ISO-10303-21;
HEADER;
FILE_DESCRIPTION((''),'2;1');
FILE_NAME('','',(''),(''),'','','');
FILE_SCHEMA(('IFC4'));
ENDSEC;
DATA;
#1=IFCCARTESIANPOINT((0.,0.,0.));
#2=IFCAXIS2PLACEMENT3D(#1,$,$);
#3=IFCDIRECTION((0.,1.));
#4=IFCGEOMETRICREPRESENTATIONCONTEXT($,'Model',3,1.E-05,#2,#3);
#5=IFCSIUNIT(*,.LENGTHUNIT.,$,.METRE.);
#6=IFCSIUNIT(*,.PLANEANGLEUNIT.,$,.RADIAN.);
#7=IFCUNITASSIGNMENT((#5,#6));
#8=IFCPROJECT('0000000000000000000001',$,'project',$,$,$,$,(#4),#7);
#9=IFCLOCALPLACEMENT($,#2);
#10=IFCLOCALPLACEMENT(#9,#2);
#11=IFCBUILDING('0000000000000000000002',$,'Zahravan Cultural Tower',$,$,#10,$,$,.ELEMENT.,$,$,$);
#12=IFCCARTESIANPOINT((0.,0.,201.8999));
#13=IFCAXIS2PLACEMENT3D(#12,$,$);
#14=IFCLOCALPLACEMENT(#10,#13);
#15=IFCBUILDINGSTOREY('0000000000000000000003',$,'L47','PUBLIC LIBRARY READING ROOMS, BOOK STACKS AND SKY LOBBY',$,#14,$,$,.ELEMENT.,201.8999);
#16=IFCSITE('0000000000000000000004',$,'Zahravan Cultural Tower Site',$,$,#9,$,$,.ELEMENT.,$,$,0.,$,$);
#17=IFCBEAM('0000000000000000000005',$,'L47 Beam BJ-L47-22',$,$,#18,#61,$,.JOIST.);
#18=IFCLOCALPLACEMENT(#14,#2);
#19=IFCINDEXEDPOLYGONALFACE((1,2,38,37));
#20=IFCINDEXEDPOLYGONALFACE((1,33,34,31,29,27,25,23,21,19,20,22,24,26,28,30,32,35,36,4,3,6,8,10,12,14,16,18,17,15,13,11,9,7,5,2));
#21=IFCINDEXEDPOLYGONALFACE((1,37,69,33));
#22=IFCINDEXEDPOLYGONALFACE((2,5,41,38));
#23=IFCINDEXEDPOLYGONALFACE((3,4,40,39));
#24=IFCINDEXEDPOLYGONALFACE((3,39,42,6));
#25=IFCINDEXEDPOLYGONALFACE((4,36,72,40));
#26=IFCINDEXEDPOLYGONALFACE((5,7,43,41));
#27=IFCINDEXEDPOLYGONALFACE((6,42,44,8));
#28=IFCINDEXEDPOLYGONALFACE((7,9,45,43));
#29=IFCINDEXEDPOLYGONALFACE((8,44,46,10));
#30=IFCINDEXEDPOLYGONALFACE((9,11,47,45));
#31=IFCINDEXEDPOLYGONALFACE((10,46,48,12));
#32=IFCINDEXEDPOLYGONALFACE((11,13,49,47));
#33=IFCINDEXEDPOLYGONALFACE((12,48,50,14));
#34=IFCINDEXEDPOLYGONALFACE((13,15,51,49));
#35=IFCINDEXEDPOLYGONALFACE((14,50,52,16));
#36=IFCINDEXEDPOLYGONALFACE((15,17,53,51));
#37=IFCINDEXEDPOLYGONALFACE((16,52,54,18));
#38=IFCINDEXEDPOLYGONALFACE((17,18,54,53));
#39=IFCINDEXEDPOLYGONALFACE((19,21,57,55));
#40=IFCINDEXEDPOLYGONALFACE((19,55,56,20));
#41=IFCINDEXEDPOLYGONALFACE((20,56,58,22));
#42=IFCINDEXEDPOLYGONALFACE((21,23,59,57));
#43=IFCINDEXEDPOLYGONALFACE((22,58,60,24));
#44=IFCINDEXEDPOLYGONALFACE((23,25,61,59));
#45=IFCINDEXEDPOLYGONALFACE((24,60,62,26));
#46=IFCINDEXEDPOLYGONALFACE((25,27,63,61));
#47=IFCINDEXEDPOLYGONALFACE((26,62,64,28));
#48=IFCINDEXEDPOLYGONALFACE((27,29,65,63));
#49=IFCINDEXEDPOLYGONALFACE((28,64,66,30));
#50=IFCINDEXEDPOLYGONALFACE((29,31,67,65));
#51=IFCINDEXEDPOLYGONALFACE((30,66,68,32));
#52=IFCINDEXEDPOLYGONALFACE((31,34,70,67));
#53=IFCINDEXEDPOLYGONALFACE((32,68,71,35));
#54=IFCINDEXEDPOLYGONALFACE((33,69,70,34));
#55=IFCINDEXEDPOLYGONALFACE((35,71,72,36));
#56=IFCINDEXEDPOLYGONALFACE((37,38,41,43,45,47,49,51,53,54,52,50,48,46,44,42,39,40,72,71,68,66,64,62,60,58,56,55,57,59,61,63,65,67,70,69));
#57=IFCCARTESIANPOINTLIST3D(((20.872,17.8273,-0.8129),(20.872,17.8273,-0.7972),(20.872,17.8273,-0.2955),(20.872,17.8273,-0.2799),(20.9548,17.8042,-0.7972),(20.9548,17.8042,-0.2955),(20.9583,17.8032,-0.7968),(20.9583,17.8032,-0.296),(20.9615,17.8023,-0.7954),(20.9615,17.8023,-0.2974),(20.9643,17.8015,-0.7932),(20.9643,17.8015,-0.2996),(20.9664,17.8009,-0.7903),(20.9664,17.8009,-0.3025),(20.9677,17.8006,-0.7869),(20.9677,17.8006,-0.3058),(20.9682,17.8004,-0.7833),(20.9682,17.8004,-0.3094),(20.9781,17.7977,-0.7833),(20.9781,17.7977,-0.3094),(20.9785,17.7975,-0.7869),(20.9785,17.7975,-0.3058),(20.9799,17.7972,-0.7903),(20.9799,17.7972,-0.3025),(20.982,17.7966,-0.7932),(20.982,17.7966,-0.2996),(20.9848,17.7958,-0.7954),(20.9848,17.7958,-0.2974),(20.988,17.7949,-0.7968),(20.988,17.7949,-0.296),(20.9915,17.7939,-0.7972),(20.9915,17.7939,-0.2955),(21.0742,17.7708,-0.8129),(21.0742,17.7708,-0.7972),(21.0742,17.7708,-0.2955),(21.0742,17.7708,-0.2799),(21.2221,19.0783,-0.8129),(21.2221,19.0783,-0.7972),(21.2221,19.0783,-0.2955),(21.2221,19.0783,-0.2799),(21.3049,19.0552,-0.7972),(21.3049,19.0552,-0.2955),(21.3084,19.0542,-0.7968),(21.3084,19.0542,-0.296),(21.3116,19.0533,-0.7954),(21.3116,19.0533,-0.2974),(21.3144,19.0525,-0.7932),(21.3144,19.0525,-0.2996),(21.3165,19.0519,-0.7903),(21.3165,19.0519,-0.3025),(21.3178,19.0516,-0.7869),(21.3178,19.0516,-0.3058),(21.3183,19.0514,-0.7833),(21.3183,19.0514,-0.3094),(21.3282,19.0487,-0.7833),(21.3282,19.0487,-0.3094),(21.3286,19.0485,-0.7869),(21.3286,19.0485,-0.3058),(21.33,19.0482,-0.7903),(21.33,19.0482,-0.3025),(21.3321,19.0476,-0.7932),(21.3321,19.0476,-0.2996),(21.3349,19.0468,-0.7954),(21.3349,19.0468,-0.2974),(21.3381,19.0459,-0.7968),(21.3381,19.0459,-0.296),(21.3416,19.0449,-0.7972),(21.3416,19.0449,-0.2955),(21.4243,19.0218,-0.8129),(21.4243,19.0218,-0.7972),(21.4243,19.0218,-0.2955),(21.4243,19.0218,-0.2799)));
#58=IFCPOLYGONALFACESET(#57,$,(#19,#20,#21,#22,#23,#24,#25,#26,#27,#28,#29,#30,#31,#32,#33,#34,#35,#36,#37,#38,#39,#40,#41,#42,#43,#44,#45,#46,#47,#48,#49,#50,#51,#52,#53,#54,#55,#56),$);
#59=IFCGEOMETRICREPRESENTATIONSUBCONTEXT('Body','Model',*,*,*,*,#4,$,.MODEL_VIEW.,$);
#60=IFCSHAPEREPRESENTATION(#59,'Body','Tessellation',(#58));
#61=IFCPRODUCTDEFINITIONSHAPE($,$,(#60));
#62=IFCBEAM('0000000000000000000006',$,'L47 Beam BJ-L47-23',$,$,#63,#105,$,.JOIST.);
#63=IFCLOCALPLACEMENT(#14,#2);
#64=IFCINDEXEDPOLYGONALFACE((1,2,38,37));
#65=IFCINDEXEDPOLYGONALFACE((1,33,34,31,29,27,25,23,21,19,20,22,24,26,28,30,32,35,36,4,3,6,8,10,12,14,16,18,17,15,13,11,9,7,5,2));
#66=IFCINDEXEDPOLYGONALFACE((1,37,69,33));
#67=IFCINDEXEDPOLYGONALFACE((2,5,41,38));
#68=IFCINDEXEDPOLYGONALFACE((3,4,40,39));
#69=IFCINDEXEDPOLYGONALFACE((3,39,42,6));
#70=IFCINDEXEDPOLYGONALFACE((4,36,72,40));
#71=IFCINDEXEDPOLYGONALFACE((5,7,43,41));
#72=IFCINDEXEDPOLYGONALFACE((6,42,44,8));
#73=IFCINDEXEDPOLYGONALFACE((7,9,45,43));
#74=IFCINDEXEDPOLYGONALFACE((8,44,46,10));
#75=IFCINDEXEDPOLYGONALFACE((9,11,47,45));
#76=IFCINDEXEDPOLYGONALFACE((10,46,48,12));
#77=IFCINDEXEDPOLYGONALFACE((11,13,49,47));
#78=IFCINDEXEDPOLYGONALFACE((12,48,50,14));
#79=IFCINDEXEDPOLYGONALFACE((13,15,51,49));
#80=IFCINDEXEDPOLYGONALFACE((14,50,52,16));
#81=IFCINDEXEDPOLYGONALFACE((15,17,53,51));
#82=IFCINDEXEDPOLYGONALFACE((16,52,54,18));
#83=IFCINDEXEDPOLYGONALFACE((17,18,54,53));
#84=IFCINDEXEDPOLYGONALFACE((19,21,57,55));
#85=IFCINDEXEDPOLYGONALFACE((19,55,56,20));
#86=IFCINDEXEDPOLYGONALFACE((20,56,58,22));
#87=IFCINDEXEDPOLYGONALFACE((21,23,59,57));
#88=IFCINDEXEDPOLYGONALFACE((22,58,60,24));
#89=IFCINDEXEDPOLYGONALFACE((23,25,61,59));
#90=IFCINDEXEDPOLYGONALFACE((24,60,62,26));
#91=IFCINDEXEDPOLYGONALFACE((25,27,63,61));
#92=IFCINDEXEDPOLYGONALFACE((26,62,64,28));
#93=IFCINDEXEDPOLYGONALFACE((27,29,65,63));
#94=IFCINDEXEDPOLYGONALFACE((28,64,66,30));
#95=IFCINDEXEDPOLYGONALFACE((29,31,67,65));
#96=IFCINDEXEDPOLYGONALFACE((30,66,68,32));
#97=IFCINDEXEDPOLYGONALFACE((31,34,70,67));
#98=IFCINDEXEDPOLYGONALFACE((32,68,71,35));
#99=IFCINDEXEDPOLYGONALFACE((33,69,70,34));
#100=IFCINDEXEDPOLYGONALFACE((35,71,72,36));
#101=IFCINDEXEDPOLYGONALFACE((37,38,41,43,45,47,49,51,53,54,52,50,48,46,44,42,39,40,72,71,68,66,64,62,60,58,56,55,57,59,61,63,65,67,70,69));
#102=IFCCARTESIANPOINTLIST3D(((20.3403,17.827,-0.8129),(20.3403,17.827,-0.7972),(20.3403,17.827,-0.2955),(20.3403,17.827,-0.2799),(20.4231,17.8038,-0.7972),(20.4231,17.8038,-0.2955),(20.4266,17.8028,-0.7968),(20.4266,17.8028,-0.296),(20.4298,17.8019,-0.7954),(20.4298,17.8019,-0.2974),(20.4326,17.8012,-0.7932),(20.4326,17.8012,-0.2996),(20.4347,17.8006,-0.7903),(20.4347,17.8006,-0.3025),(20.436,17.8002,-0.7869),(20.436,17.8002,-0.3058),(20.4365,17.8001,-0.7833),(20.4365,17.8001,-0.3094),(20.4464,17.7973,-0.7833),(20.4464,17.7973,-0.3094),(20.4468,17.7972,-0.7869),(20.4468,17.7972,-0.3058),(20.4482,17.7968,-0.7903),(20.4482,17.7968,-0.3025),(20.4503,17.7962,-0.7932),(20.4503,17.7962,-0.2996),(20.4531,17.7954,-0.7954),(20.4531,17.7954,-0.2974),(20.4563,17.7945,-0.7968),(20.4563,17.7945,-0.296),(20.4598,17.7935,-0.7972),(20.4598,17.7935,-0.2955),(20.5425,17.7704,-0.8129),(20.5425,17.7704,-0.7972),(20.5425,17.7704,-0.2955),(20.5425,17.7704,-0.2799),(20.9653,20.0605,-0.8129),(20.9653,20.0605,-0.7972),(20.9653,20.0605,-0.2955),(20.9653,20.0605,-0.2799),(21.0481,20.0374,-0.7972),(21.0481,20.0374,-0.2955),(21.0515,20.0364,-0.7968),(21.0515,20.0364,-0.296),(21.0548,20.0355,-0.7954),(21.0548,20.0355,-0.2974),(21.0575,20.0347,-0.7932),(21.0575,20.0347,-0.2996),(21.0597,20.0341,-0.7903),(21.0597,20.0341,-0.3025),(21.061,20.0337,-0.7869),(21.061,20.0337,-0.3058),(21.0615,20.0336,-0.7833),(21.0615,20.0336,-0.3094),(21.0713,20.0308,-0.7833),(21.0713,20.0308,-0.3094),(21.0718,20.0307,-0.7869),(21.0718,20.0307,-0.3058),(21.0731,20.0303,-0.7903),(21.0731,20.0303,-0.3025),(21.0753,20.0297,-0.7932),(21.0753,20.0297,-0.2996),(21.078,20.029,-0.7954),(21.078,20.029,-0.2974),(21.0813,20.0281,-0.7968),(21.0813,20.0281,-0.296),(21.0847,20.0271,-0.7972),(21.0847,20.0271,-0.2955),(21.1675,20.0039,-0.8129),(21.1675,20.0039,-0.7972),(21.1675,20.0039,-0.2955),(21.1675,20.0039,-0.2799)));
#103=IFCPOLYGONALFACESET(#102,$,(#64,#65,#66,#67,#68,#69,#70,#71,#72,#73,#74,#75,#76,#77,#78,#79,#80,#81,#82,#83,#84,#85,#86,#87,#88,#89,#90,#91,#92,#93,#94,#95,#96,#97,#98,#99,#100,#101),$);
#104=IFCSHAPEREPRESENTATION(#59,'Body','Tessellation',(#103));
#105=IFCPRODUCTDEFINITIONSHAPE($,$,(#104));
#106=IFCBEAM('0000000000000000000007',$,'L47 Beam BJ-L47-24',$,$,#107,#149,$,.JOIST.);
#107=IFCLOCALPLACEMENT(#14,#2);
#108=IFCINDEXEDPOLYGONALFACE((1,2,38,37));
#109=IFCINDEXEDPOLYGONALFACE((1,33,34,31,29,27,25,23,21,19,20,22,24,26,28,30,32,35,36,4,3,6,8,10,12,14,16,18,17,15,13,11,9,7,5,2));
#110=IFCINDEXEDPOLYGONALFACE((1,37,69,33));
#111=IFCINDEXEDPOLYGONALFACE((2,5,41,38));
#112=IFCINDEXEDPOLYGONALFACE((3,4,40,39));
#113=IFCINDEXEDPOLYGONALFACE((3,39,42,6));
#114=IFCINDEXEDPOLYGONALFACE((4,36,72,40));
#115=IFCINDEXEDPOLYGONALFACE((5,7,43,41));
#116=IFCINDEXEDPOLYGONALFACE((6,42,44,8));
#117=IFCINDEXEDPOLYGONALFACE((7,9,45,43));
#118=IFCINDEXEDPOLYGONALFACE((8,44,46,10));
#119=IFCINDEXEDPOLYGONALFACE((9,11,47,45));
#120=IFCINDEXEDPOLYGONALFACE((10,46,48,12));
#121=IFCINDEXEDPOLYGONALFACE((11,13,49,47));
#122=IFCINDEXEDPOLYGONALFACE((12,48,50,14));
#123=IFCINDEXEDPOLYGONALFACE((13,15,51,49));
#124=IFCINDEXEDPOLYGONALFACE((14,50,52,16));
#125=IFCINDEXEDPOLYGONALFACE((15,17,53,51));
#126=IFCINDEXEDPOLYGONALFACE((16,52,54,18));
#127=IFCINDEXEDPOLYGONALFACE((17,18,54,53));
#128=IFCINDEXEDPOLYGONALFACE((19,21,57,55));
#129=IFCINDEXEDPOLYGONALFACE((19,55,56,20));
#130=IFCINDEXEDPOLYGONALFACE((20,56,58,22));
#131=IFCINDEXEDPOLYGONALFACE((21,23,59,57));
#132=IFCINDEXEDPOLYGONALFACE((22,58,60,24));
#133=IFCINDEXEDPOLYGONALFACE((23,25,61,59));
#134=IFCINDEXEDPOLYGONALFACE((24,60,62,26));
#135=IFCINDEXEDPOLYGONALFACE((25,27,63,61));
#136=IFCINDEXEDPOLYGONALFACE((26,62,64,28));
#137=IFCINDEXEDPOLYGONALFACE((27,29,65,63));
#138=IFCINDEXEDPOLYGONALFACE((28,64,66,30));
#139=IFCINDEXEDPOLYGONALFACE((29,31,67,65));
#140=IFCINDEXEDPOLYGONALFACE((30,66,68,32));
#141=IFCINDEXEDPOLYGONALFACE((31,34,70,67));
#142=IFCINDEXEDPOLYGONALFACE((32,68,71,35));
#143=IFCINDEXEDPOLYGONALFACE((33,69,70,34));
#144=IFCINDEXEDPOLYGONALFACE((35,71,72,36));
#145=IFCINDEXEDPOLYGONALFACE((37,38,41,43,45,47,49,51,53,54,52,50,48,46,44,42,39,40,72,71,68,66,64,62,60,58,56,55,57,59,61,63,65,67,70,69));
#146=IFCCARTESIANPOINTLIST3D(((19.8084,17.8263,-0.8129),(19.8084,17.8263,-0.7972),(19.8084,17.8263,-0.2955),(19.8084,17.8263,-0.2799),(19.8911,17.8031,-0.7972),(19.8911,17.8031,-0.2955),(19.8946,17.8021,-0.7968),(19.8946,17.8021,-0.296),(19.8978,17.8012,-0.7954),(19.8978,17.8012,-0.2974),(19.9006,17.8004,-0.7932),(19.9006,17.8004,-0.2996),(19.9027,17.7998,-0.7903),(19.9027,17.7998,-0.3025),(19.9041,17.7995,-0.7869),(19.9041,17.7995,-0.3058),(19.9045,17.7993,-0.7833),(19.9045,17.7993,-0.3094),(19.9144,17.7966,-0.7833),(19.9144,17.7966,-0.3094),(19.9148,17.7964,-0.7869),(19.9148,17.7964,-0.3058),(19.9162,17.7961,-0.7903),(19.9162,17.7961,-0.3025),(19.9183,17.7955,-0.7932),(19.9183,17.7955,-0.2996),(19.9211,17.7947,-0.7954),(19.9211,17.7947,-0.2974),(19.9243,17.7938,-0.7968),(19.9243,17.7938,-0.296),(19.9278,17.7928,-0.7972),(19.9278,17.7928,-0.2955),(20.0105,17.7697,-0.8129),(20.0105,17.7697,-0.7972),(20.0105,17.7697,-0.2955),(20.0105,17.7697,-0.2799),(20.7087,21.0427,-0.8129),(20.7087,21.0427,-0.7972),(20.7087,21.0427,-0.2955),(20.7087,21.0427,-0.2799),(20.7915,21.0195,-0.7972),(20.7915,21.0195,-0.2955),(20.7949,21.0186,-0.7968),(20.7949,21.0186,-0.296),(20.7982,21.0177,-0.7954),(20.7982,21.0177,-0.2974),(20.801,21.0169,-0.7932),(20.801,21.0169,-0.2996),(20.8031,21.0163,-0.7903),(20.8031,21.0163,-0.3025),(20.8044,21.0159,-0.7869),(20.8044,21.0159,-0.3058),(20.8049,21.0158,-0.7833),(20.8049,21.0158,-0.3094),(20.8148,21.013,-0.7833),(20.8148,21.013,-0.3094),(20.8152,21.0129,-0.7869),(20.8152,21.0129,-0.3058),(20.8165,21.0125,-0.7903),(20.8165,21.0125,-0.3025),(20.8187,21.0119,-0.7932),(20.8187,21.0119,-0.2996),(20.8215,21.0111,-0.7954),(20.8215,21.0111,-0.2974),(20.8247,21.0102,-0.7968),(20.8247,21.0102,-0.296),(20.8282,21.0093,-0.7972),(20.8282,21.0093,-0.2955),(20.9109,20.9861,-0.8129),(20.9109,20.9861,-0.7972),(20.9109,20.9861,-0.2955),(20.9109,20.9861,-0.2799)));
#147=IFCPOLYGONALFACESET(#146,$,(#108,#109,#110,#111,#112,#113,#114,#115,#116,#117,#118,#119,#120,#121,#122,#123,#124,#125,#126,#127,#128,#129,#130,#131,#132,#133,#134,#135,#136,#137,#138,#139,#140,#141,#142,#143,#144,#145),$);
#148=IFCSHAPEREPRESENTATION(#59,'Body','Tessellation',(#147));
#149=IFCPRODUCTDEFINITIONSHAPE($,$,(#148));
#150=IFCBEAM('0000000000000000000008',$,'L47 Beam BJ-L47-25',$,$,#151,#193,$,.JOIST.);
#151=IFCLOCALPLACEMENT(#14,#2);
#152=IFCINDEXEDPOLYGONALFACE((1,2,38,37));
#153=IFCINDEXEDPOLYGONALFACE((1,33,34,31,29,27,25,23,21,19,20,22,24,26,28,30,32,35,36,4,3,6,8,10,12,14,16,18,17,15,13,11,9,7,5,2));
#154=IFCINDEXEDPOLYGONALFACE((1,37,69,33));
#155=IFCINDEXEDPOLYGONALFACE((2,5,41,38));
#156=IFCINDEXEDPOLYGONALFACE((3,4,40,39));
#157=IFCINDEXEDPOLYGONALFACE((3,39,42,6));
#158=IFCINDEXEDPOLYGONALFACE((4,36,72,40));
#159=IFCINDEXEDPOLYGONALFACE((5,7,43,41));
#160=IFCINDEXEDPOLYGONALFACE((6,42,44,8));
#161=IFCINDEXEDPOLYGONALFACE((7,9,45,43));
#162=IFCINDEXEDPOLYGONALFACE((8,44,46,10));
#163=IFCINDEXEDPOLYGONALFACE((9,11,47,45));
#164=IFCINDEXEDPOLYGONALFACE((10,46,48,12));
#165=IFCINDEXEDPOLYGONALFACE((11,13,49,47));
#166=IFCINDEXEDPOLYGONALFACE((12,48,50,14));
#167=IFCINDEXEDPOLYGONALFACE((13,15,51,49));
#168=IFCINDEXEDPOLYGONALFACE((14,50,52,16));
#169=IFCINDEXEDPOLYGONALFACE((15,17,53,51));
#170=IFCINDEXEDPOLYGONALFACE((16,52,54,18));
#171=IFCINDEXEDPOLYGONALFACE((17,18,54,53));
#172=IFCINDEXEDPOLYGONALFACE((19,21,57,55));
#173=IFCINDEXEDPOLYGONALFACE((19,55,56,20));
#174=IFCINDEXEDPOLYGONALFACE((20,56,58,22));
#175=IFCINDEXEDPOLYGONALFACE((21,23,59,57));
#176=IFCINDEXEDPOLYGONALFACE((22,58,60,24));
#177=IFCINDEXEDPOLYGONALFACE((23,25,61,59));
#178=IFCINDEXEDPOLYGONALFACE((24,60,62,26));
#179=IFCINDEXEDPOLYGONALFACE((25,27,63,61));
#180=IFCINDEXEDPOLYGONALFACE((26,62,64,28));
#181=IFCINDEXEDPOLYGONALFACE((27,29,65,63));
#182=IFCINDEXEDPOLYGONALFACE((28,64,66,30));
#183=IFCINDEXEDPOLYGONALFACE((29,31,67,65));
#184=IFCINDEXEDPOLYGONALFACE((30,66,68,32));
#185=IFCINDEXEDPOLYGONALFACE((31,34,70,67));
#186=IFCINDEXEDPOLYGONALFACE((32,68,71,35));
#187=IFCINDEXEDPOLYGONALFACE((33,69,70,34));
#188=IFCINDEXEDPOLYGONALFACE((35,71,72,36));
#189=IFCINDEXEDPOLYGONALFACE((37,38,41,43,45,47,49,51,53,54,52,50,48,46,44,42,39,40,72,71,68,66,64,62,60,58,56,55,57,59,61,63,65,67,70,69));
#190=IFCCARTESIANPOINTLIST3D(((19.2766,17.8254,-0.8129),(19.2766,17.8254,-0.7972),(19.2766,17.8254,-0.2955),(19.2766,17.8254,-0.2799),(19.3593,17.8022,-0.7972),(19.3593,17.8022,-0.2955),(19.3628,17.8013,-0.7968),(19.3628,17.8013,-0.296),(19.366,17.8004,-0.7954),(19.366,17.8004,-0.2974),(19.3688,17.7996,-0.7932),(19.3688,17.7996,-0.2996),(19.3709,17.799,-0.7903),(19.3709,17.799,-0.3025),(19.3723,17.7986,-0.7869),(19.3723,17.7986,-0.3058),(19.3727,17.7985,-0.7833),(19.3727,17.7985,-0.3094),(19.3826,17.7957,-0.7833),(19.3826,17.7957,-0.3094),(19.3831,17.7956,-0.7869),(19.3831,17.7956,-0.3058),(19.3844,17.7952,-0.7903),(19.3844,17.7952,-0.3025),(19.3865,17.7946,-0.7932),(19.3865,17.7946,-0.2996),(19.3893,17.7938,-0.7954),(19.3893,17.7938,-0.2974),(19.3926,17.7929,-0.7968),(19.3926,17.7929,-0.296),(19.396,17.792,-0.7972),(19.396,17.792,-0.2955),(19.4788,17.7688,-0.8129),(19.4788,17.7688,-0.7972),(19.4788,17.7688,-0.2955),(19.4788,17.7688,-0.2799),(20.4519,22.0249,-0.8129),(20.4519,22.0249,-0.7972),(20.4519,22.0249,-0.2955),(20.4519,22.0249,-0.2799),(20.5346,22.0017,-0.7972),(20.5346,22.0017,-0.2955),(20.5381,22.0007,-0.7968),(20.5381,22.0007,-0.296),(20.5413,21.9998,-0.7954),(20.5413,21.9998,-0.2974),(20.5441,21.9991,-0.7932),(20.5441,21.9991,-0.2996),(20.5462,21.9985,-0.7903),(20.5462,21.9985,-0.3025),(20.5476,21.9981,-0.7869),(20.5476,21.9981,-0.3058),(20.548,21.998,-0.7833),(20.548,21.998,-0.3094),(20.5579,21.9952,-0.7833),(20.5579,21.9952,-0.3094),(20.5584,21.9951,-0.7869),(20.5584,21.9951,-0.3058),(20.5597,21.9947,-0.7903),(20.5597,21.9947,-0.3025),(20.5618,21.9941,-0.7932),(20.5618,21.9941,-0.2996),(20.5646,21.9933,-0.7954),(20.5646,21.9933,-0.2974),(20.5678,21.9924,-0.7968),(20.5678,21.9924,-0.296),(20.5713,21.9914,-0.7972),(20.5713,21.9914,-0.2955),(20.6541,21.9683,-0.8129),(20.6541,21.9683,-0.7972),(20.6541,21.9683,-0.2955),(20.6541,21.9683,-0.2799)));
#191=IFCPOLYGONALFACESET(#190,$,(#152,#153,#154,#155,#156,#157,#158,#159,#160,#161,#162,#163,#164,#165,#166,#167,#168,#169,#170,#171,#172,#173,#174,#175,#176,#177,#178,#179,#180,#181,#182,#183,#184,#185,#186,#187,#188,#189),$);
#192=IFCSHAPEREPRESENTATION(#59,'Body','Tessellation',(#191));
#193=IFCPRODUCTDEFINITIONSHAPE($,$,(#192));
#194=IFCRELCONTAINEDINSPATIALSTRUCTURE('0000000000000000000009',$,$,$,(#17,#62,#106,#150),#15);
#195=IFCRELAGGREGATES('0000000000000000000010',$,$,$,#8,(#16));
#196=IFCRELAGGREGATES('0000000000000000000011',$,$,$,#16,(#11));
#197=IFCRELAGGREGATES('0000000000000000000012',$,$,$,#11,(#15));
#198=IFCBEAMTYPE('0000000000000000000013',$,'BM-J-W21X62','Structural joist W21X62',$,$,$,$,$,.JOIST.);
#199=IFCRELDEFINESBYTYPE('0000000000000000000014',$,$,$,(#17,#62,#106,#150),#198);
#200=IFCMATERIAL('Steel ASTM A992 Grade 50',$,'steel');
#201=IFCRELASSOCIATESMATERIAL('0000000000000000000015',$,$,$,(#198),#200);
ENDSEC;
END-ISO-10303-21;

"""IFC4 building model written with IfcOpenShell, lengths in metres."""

from ifc_helpers import new_model, si_unit, direction, frame, origin, origin_2d, place, context, subcontext, project, spatial, i_section, extrude, source, transform, mapped, material, material_profile, profile_set, type_object, element, save


model = new_model("IFC4")

# Units and contexts
model_context = context("Model", 3, precision=1e-05, world=origin(), true_north=direction((0.0, 1.0)))
body_context = subcontext(model_context, "Body", "Model", "MODEL_VIEW")
ifc_project = project(units=[si_unit("LENGTHUNIT", "METRE"), si_unit("PLANEANGLEUNIT", "RADIAN")], contexts=[model_context])

# Site, building, storey
site_placement = place(None, origin())
site = spatial("IfcSite", under=ifc_project, at=site_placement, Name="Zahravan Cultural Tower Site", CompositionType="ELEMENT", RefElevation=0.0)
building_placement = place(site_placement, origin())
building = spatial("IfcBuilding", under=site, at=building_placement, Name="Zahravan Cultural Tower", CompositionType="ELEMENT")
storey_placement = place(building_placement, frame((0.0, 0.0, 201.8999)))
storey = spatial("IfcBuildingStorey", under=building, at=storey_placement, Name="L47", Description="PUBLIC LIBRARY READING ROOMS, BOOK STACKS AND SKY LOBBY", CompositionType="ELEMENT", Elevation=201.8999)

# Beams
ifc_material_1 = material(Name="Steel ASTM A992 Grade 50", Category="steel")
ifc_material_profile_1 = material_profile(ifc_material_1, i_section(OverallWidth=0.21, OverallDepth=0.533, WebThickness=0.0103, FlangeThickness=0.0156, FilletRadius=0.0139, at=origin_2d()), Name="W21X62")
ifc_profile_set_1 = profile_set([ifc_material_profile_1], Name="Steel ASTM A992 Grade 50")
beam_type_1 = type_object("IfcBeamType", Name="BM-J-W21X62", Description="Structural joist W21X62", PredefinedType="JOIST", material=ifc_profile_set_1)
shared_shape_1 = source(origin(), body_context, "Body", "SweptSolid", [
    extrude(i_section(OverallWidth=0.21, OverallDepth=0.533, WebThickness=0.0103, FlangeThickness=0.0156, FilletRadius=0.0139, at=origin_2d()), origin(), (0.0, 0.0, 1.0), 1.2991),
])
beam_1_placement = place(storey_placement, frame((21.3232, 19.05, -0.5464), z_axis=(-0.269504, -0.962999, 0.0), x_axis=(0.962999, -0.269504, 0.0)))
element("IfcBeam", 1, at=beam_1_placement, inside=storey, type_object=beam_type_1, Name="L47 Beam BJ-L47-22", PredefinedType="JOIST", context=body_context, shape_type="MappedRepresentation", body=[
    mapped(shared_shape_1, transform((0.0, 0.0, 0.0), x_axis=(1.0, 0.0, 0.0), y_axis=(0.0, 1.0, 0.0), z_axis=(0.0, 0.0, 1.0), scale=1.0)),
])
shared_shape_2 = source(origin(), body_context, "Body", "SweptSolid", [
    extrude(i_section(OverallWidth=0.21, OverallDepth=0.533, WebThickness=0.0103, FlangeThickness=0.0156, FilletRadius=0.0139, at=origin_2d()), origin(), (0.0, 0.0, 1.0), 2.3193),
])
beam_2_placement = place(storey_placement, frame((21.0664, 20.0322, -0.5464), z_axis=(-0.269462, -0.963011, 0.0), x_axis=(0.963011, -0.269462, 0.0)))
element("IfcBeam", 2, at=beam_2_placement, inside=storey, type_object=beam_type_1, Name="L47 Beam BJ-L47-23", PredefinedType="JOIST", context=body_context, shape_type="MappedRepresentation", body=[
    mapped(shared_shape_2, transform((0.0, 0.0, 0.0), x_axis=(1.0, 0.0, 0.0), y_axis=(0.0, 1.0, 0.0), z_axis=(0.0, 0.0, 1.0), scale=1.0)),
])
shared_shape_3 = source(origin(), body_context, "Body", "SweptSolid", [
    extrude(i_section(OverallWidth=0.21, OverallDepth=0.533, WebThickness=0.0103, FlangeThickness=0.0156, FilletRadius=0.0139, at=origin_2d()), origin(), (0.0, 0.0, 1.0), 3.3401),
])
beam_3_placement = place(storey_placement, frame((20.8098, 21.0144, -0.5464), z_axis=(-0.269562, -0.962983, 0.0), x_axis=(0.962983, -0.269562, 0.0)))
element("IfcBeam", 3, at=beam_3_placement, inside=storey, type_object=beam_type_1, Name="L47 Beam BJ-L47-24", PredefinedType="JOIST", context=body_context, shape_type="MappedRepresentation", body=[
    mapped(shared_shape_3, transform((0.0, 0.0, 0.0), x_axis=(1.0, 0.0, 0.0), y_axis=(0.0, 1.0, 0.0), z_axis=(0.0, 0.0, 1.0), scale=1.0)),
])
shared_shape_4 = source(origin(), body_context, "Body", "SweptSolid", [
    extrude(i_section(OverallWidth=0.21, OverallDepth=0.533, WebThickness=0.0103, FlangeThickness=0.0156, FilletRadius=0.0139, at=origin_2d()), origin(), (0.0, 0.0, 1.0), 4.3608),
])
beam_4_placement = place(storey_placement, frame((20.553, 21.9966, -0.5464), z_axis=(-0.269512, -0.962997, 0.0), x_axis=(0.962997, -0.269512, 0.0)))
element("IfcBeam", 4, at=beam_4_placement, inside=storey, type_object=beam_type_1, Name="L47 Beam BJ-L47-25", PredefinedType="JOIST", context=body_context, shape_type="MappedRepresentation", body=[
    mapped(shared_shape_4, transform((0.0, 0.0, 0.0), x_axis=(1.0, 0.0, 0.0), y_axis=(0.0, 1.0, 0.0), z_axis=(0.0, 0.0, 1.0), scale=1.0)),
])

save(model, "model.ifc")
